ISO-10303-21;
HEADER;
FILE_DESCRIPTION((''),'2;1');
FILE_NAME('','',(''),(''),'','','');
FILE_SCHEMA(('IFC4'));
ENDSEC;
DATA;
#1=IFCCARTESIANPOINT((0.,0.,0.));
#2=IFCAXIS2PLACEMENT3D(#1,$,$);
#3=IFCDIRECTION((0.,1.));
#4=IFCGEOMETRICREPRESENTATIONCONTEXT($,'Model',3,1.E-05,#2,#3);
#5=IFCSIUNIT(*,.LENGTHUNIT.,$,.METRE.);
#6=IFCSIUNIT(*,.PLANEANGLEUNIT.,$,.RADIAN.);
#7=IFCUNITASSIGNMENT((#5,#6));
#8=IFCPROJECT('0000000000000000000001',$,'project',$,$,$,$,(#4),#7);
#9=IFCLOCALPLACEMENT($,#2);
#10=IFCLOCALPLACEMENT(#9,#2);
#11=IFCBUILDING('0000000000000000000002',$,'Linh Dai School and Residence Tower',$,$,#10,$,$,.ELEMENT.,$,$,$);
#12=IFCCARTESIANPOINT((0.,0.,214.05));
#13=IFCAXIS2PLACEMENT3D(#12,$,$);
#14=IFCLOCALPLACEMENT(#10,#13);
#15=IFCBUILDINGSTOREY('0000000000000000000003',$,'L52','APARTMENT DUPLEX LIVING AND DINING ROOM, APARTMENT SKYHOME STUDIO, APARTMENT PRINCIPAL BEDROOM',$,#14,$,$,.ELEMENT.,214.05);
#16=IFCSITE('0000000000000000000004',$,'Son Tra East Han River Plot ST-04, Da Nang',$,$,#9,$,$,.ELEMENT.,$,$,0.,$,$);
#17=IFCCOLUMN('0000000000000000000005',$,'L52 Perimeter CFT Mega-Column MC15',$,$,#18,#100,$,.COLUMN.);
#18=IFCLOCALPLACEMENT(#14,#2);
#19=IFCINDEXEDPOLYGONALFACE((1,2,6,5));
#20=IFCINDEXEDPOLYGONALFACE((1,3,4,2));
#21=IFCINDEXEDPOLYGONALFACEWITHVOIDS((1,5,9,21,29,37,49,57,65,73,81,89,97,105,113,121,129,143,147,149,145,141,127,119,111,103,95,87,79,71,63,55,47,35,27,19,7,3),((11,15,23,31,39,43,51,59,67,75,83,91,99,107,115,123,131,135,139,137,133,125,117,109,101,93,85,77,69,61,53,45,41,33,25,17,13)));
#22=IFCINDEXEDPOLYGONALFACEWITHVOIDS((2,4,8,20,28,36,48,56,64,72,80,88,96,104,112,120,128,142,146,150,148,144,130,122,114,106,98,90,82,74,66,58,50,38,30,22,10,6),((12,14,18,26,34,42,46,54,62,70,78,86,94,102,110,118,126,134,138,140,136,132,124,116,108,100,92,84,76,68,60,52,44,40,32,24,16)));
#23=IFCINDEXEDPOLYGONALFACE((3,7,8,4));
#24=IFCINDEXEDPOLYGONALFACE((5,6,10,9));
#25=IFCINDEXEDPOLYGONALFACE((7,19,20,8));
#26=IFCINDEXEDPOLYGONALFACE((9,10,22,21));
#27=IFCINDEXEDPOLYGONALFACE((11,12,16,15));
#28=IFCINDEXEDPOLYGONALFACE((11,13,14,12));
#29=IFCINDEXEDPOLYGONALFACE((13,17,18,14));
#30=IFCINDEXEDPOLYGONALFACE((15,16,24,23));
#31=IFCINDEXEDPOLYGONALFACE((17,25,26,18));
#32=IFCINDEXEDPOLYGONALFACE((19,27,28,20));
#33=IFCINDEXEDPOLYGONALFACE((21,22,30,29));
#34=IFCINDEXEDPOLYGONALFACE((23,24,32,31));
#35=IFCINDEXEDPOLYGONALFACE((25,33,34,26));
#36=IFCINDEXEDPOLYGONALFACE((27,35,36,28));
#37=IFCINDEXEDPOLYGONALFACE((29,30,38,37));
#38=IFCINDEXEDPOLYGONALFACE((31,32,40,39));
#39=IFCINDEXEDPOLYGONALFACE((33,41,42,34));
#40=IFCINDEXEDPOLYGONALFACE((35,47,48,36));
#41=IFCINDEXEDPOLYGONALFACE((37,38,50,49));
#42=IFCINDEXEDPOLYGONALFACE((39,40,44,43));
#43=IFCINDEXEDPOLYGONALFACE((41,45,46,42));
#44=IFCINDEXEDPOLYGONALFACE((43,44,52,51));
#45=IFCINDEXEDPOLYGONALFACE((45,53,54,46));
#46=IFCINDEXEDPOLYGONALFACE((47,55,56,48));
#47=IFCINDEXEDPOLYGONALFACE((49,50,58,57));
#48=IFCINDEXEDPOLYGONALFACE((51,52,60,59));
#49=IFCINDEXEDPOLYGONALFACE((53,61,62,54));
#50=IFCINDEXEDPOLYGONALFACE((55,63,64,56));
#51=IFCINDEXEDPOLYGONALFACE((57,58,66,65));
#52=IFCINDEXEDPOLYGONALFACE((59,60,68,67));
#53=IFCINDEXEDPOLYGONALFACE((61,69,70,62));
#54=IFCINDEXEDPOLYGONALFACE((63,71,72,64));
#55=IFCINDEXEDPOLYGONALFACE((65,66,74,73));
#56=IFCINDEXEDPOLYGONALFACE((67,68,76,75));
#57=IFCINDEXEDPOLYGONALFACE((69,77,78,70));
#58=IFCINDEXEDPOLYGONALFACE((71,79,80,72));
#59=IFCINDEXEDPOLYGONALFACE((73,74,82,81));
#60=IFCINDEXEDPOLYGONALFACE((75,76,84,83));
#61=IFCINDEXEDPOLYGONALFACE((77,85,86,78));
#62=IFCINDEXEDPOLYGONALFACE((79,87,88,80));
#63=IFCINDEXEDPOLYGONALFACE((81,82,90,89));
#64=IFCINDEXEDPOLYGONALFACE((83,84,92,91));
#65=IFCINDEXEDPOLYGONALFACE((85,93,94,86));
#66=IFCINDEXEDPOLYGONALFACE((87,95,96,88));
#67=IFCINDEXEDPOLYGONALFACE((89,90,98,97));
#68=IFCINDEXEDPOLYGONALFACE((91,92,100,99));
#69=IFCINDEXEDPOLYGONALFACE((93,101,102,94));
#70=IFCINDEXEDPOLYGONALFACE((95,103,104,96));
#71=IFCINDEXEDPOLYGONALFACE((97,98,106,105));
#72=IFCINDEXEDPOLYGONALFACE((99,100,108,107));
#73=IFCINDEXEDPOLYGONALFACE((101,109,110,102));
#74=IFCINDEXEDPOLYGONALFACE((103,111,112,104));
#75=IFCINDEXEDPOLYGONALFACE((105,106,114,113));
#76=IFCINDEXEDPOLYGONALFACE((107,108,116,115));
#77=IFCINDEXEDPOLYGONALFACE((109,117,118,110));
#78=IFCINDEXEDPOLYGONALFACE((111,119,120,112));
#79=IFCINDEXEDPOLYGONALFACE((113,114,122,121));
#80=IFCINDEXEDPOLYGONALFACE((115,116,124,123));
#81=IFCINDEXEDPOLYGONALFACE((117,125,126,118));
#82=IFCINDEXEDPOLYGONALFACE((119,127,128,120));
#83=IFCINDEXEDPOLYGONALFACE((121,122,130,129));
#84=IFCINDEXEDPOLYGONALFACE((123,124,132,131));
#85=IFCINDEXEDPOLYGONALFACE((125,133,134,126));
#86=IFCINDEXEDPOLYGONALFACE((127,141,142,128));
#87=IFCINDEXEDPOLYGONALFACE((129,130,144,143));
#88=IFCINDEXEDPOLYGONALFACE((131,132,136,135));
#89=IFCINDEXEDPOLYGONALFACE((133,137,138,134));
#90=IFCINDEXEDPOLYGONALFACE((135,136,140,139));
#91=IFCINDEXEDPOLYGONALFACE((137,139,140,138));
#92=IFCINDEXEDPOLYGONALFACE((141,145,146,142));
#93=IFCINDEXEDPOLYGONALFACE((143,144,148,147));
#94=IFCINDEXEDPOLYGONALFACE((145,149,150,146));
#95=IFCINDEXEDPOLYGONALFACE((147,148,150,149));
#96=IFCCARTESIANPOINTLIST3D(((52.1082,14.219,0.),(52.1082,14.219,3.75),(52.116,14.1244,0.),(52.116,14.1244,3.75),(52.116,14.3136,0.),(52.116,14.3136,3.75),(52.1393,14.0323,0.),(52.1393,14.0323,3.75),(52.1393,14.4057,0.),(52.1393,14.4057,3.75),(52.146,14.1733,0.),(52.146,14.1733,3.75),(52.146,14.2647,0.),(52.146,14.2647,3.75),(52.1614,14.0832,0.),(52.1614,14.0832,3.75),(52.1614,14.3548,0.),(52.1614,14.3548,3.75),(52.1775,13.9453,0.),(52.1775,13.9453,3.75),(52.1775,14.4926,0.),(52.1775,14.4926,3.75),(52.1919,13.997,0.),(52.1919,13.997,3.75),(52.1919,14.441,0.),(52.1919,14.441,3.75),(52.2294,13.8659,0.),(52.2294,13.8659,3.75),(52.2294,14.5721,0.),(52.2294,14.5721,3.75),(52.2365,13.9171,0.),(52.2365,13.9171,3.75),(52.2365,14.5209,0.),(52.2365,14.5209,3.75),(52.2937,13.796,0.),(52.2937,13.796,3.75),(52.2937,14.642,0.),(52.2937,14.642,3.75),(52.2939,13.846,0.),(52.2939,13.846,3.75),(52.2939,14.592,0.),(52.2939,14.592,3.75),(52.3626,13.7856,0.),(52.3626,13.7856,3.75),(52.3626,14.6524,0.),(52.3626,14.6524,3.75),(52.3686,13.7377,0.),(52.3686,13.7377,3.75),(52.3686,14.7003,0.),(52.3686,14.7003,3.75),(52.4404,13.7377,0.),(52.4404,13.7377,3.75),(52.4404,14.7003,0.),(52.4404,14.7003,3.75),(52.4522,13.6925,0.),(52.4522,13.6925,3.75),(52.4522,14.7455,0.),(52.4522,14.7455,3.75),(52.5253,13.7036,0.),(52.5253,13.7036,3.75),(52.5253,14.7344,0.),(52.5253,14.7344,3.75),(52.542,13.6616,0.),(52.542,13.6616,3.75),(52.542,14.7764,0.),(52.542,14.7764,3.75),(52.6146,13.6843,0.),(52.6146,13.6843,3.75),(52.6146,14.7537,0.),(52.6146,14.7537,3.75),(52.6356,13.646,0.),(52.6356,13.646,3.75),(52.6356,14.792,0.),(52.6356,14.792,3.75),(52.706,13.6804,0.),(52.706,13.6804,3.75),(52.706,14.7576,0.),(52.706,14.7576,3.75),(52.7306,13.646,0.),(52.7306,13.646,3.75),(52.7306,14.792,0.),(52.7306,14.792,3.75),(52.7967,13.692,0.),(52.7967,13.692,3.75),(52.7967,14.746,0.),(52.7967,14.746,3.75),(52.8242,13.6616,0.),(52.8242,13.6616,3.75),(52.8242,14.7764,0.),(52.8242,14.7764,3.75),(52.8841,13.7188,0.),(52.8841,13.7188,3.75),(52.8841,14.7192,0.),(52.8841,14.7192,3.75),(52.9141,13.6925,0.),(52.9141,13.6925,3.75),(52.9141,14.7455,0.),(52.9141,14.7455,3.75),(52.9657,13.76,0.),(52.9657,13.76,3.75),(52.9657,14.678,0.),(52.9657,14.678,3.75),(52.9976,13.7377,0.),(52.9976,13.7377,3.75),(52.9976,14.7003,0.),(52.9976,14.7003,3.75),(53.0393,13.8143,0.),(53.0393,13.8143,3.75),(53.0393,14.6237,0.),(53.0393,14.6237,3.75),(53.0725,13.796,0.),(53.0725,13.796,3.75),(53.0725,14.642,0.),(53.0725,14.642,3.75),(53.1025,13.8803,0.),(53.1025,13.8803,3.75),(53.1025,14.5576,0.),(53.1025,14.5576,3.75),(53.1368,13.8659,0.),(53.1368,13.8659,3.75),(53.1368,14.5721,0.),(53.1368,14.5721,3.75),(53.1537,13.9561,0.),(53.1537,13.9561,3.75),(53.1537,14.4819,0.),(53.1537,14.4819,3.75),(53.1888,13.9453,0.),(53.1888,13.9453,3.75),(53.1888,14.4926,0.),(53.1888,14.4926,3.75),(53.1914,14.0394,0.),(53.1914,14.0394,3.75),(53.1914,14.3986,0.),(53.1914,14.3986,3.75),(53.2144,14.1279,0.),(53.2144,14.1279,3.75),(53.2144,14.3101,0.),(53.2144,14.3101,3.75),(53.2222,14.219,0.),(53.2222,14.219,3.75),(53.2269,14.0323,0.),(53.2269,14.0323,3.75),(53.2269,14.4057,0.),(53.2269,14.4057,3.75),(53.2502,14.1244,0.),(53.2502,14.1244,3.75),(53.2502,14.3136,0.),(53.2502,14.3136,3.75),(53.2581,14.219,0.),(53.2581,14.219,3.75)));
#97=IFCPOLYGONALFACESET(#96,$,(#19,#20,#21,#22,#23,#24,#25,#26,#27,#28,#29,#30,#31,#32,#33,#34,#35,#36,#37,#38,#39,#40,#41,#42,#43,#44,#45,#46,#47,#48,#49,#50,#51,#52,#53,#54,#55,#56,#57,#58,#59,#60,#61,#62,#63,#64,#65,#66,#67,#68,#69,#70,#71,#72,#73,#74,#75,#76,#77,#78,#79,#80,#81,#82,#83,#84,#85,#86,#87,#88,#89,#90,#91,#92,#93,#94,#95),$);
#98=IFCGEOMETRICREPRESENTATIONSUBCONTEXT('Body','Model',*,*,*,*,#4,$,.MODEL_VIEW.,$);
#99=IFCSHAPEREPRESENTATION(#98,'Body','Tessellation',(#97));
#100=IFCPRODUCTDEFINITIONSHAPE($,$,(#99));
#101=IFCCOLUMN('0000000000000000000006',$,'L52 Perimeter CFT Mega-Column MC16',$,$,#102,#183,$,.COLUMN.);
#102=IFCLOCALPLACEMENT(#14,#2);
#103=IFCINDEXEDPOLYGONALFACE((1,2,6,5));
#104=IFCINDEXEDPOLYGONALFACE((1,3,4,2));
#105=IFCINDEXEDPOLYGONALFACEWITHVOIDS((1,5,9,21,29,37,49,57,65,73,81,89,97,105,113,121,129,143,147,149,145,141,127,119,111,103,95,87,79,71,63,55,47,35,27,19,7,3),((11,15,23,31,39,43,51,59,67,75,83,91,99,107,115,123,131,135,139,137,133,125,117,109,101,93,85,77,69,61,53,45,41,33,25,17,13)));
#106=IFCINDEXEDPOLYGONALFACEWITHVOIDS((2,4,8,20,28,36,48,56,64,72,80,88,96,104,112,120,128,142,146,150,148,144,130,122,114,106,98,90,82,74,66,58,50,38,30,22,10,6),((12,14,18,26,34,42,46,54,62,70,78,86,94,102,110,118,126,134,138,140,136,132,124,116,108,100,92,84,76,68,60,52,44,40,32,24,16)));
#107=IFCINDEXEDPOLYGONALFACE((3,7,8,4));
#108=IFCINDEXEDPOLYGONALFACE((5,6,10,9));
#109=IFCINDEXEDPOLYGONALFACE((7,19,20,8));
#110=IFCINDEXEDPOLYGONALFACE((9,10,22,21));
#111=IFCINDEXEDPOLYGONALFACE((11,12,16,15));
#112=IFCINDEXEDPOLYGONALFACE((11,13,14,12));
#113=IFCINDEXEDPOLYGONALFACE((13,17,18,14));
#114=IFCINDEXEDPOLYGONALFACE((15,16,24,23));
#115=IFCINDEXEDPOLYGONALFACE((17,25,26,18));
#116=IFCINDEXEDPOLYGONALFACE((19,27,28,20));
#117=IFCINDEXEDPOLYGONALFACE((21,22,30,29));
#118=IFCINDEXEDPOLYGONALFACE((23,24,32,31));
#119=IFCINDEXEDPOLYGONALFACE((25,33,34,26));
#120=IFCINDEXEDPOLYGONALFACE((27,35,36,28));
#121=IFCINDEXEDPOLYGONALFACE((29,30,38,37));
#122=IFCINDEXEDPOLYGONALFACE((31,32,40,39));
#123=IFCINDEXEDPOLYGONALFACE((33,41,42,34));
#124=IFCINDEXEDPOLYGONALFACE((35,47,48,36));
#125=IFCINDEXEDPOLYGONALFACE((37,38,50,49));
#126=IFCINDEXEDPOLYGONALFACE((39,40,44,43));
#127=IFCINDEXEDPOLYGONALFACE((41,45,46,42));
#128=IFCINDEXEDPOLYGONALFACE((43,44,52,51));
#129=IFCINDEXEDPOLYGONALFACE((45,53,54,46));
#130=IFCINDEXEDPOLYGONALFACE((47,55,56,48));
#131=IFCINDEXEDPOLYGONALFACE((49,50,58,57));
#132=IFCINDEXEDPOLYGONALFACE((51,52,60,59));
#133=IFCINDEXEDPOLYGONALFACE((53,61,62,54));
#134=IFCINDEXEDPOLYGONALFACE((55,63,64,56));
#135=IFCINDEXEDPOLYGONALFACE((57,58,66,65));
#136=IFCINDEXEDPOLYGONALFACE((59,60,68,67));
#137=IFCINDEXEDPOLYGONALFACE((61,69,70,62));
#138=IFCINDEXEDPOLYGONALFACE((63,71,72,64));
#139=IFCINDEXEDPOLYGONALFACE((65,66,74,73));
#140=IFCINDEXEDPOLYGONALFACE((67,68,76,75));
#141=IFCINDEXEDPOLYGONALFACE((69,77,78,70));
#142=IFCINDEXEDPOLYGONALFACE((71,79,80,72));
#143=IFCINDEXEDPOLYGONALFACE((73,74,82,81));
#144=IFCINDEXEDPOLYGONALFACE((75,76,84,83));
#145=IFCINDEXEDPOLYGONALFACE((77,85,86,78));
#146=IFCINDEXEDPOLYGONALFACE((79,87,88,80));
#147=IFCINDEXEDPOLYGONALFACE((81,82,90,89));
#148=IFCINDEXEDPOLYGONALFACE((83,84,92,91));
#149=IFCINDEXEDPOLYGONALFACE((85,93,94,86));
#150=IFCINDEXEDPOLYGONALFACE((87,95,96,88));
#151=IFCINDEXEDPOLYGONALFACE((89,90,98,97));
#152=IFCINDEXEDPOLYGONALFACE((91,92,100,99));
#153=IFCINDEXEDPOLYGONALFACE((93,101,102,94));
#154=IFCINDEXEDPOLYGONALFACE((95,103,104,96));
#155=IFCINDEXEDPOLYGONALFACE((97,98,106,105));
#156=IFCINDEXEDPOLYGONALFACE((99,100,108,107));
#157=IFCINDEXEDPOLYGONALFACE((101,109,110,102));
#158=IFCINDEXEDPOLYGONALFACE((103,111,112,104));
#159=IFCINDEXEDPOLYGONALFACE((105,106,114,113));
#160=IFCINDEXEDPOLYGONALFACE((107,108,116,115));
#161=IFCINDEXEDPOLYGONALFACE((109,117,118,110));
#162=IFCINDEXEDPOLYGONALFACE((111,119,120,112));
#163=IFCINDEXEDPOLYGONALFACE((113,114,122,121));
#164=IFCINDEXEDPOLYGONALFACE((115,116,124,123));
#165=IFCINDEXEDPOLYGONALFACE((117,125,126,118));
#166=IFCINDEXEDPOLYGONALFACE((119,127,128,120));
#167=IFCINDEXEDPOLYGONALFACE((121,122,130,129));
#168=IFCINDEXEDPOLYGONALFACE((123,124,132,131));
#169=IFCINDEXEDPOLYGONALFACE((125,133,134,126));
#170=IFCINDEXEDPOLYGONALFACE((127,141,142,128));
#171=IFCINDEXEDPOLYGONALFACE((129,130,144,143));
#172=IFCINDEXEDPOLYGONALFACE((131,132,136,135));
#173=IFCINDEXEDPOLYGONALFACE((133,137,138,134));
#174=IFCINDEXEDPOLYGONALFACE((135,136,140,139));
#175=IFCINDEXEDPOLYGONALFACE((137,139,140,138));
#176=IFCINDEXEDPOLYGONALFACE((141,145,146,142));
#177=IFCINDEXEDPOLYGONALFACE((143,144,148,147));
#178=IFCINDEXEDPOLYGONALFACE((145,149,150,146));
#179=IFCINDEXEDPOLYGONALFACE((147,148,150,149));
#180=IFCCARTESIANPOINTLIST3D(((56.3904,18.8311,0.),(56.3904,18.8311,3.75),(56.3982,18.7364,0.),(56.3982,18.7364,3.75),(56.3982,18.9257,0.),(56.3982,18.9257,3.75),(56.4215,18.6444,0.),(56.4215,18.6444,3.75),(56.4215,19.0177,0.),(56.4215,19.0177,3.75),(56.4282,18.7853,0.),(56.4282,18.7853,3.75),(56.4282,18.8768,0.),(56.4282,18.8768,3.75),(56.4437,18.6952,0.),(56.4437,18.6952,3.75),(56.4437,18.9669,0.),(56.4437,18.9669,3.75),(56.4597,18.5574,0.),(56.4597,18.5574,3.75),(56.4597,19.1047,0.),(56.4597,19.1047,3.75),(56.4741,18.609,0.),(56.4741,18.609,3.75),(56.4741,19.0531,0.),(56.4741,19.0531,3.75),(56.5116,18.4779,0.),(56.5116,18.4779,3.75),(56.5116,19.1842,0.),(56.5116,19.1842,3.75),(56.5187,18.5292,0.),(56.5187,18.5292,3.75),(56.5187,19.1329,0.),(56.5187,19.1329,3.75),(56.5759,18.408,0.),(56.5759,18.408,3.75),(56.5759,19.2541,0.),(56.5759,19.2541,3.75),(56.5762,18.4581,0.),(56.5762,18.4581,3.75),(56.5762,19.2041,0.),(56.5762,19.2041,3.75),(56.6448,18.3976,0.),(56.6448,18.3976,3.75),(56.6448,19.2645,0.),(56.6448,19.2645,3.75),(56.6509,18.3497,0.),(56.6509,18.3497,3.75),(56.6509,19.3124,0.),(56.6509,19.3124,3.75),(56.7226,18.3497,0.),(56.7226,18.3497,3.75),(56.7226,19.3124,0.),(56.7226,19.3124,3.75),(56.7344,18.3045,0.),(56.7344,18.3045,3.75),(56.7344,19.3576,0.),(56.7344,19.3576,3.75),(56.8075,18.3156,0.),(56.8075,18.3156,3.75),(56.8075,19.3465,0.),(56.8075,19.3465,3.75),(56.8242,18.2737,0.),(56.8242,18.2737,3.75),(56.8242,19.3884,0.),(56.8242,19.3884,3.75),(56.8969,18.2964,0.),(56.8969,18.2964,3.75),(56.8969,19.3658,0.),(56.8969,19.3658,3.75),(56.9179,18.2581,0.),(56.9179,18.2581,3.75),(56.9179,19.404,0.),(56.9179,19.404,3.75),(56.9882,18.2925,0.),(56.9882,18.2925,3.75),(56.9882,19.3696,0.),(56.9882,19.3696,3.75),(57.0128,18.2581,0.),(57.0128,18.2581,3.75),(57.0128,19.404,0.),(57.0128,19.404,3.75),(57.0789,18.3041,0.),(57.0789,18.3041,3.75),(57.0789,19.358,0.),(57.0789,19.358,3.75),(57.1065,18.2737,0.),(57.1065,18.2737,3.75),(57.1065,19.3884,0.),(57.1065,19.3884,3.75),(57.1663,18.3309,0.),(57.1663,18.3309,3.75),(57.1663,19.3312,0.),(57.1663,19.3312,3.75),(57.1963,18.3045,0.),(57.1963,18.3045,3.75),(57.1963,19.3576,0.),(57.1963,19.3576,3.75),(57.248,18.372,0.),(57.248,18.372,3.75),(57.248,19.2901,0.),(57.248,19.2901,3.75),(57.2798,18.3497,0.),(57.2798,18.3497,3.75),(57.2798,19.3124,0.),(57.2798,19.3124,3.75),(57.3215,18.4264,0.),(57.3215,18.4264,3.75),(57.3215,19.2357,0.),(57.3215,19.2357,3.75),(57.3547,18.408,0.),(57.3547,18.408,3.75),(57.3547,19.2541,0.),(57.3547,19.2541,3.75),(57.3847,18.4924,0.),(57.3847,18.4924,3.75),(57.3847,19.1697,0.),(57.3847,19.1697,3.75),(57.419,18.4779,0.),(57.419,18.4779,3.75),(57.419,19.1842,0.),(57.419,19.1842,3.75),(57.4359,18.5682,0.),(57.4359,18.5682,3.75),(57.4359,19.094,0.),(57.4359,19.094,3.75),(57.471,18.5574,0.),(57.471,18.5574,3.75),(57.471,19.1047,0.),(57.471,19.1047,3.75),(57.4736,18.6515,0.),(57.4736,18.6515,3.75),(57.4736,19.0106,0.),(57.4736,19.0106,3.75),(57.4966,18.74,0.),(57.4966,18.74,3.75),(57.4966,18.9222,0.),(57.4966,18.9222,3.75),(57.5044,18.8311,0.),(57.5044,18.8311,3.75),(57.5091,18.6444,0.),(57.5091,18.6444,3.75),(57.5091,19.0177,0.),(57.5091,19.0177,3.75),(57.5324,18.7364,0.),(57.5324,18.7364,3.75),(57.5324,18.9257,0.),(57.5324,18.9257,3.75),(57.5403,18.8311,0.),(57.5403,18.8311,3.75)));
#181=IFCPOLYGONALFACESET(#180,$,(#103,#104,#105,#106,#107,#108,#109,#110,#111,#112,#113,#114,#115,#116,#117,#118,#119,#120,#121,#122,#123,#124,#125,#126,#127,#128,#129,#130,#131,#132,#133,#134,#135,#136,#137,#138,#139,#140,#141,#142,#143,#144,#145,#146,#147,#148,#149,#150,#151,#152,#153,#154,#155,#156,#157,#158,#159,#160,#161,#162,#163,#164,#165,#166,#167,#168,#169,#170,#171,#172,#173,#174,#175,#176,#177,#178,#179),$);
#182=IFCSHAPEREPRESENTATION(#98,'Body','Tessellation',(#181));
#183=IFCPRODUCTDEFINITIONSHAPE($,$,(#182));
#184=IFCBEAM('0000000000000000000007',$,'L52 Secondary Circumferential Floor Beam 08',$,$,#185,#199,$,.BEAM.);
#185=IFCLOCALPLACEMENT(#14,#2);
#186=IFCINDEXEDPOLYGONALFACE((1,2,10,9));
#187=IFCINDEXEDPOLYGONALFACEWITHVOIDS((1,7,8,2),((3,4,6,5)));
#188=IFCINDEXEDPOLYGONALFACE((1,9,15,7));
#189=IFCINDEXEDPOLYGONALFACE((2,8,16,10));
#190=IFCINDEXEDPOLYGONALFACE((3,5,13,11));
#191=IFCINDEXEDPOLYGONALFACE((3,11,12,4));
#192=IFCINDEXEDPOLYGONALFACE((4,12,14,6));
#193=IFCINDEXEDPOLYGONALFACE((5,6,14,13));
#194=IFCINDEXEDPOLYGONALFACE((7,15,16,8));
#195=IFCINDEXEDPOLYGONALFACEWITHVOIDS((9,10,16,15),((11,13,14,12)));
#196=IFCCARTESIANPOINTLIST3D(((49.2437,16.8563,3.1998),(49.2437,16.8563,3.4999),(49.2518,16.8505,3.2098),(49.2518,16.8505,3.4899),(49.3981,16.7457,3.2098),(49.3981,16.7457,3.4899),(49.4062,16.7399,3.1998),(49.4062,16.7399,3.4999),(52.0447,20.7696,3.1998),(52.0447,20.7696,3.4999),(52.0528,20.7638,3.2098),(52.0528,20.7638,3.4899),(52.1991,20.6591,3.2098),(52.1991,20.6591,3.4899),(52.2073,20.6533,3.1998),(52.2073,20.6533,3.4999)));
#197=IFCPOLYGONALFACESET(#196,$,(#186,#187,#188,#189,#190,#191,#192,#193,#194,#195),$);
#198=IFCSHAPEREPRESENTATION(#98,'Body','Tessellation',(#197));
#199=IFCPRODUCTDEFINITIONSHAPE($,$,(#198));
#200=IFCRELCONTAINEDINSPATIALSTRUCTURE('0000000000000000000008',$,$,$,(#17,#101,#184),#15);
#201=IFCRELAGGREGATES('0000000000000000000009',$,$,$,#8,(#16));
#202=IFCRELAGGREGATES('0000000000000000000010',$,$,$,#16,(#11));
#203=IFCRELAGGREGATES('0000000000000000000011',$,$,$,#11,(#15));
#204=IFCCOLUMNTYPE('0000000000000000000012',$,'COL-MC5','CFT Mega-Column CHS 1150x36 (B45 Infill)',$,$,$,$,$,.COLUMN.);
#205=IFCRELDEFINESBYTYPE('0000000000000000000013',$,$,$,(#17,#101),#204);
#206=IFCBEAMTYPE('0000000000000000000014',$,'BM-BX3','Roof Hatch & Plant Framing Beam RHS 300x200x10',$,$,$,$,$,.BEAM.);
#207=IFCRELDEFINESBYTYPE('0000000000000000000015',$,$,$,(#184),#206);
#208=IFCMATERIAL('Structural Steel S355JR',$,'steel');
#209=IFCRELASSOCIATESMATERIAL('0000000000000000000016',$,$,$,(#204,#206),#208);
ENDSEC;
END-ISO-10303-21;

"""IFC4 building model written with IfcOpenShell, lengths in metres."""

from ifc_helpers import new_model, si_unit, direction, frame, origin, origin_2d, place, context, subcontext, project, spatial, hollow_rectangle, hollow_circle, extrude, material, material_profile, profile_set, type_object, element, save


model = new_model("IFC4")

# Units and contexts
model_context = context("Model", 3, precision=1e-05, world=origin(), true_north=direction((0.0, 1.0)))
body_context = subcontext(model_context, "Body", "Model", "MODEL_VIEW")
ifc_project = project(units=[si_unit("LENGTHUNIT", "METRE"), si_unit("PLANEANGLEUNIT", "RADIAN")], contexts=[model_context])

# Site, building, storey
site_placement = place(None, origin())
site = spatial("IfcSite", under=ifc_project, at=site_placement, Name="Son Tra East Han River Plot ST-04, Da Nang", CompositionType="ELEMENT", RefElevation=0.0)
building_placement = place(site_placement, origin())
building = spatial("IfcBuilding", under=site, at=building_placement, Name="Linh Dai School and Residence Tower", CompositionType="ELEMENT")
storey_placement = place(building_placement, frame((0.0, 0.0, 214.05)))
storey = spatial("IfcBuildingStorey", under=building, at=storey_placement, Name="L52", Description="APARTMENT DUPLEX LIVING AND DINING ROOM, APARTMENT SKYHOME STUDIO, APARTMENT PRINCIPAL BEDROOM", CompositionType="ELEMENT", Elevation=214.05)

# Columns
ifc_material_1 = material(Name="Structural Steel S355JR", Category="steel")
ifc_material_profile_1 = material_profile(ifc_material_1, hollow_circle(Radius=0.575, WallThickness=0.0359, at=origin_2d()), Name="CHS 1150x36")
ifc_profile_set_1 = profile_set([ifc_material_profile_1], Name="Structural Steel S355JR")
column_type = type_object("IfcColumnType", Name="COL-MC5", Description="CFT Mega-Column CHS 1150x36 (B45 Infill)", PredefinedType="COLUMN", material=ifc_profile_set_1)
for number, where, z_axis, x_axis, name in (
    (1, (52.6831, 14.219, 0.0), (0.0, 0.0, 1.0), (1.0, 0.0, 0.0), "L52 Perimeter CFT Mega-Column MC15"),
    (2, (56.9653, 18.8311, 0.0), (0.0, 0.0, 1.0), (1.0, 0.0, 0.0), "L52 Perimeter CFT Mega-Column MC16"),
):
    element("IfcColumn", number, at=place(storey_placement, frame(where, z_axis=z_axis, x_axis=x_axis)), inside=storey, type_object=column_type, Name=name, PredefinedType="COLUMN", context=body_context, shape_type="SweptSolid", body=[
        extrude(hollow_circle(Radius=0.575, WallThickness=0.0359, at=origin_2d()), origin(), (0.0, 0.0, 1.0), 3.75),
    ])

# Beam
ifc_material_profile_2 = material_profile(ifc_material_1, hollow_rectangle(XDim=0.2, YDim=0.3, WallThickness=0.01, at=origin_2d()), Name="RHS 300x200x10")
ifc_profile_set_2 = profile_set([ifc_material_profile_2], Name="Structural Steel S355JR")
beam_type_1 = type_object("IfcBeamType", Name="BM-BX3", Description="Roof Hatch & Plant Framing Beam RHS 300x200x10", PredefinedType="BEAM", material=ifc_profile_set_2)
beam_1_placement = place(storey_placement, frame((49.325, 16.7981, 3.3499), z_axis=(0.582035, 0.813164, 0.0), x_axis=(-0.813164, 0.582035, 0.0)))
element("IfcBeam", 3, at=beam_1_placement, inside=storey, type_object=beam_type_1, Name="L52 Secondary Circumferential Floor Beam 08", PredefinedType="BEAM", context=body_context, shape_type="SweptSolid", body=[
    extrude(hollow_rectangle(XDim=0.2, YDim=0.3, WallThickness=0.01, at=origin_2d()), origin(), (0.0, 0.0, 1.0), 4.8125),
])

save(model, "model.ifc")
